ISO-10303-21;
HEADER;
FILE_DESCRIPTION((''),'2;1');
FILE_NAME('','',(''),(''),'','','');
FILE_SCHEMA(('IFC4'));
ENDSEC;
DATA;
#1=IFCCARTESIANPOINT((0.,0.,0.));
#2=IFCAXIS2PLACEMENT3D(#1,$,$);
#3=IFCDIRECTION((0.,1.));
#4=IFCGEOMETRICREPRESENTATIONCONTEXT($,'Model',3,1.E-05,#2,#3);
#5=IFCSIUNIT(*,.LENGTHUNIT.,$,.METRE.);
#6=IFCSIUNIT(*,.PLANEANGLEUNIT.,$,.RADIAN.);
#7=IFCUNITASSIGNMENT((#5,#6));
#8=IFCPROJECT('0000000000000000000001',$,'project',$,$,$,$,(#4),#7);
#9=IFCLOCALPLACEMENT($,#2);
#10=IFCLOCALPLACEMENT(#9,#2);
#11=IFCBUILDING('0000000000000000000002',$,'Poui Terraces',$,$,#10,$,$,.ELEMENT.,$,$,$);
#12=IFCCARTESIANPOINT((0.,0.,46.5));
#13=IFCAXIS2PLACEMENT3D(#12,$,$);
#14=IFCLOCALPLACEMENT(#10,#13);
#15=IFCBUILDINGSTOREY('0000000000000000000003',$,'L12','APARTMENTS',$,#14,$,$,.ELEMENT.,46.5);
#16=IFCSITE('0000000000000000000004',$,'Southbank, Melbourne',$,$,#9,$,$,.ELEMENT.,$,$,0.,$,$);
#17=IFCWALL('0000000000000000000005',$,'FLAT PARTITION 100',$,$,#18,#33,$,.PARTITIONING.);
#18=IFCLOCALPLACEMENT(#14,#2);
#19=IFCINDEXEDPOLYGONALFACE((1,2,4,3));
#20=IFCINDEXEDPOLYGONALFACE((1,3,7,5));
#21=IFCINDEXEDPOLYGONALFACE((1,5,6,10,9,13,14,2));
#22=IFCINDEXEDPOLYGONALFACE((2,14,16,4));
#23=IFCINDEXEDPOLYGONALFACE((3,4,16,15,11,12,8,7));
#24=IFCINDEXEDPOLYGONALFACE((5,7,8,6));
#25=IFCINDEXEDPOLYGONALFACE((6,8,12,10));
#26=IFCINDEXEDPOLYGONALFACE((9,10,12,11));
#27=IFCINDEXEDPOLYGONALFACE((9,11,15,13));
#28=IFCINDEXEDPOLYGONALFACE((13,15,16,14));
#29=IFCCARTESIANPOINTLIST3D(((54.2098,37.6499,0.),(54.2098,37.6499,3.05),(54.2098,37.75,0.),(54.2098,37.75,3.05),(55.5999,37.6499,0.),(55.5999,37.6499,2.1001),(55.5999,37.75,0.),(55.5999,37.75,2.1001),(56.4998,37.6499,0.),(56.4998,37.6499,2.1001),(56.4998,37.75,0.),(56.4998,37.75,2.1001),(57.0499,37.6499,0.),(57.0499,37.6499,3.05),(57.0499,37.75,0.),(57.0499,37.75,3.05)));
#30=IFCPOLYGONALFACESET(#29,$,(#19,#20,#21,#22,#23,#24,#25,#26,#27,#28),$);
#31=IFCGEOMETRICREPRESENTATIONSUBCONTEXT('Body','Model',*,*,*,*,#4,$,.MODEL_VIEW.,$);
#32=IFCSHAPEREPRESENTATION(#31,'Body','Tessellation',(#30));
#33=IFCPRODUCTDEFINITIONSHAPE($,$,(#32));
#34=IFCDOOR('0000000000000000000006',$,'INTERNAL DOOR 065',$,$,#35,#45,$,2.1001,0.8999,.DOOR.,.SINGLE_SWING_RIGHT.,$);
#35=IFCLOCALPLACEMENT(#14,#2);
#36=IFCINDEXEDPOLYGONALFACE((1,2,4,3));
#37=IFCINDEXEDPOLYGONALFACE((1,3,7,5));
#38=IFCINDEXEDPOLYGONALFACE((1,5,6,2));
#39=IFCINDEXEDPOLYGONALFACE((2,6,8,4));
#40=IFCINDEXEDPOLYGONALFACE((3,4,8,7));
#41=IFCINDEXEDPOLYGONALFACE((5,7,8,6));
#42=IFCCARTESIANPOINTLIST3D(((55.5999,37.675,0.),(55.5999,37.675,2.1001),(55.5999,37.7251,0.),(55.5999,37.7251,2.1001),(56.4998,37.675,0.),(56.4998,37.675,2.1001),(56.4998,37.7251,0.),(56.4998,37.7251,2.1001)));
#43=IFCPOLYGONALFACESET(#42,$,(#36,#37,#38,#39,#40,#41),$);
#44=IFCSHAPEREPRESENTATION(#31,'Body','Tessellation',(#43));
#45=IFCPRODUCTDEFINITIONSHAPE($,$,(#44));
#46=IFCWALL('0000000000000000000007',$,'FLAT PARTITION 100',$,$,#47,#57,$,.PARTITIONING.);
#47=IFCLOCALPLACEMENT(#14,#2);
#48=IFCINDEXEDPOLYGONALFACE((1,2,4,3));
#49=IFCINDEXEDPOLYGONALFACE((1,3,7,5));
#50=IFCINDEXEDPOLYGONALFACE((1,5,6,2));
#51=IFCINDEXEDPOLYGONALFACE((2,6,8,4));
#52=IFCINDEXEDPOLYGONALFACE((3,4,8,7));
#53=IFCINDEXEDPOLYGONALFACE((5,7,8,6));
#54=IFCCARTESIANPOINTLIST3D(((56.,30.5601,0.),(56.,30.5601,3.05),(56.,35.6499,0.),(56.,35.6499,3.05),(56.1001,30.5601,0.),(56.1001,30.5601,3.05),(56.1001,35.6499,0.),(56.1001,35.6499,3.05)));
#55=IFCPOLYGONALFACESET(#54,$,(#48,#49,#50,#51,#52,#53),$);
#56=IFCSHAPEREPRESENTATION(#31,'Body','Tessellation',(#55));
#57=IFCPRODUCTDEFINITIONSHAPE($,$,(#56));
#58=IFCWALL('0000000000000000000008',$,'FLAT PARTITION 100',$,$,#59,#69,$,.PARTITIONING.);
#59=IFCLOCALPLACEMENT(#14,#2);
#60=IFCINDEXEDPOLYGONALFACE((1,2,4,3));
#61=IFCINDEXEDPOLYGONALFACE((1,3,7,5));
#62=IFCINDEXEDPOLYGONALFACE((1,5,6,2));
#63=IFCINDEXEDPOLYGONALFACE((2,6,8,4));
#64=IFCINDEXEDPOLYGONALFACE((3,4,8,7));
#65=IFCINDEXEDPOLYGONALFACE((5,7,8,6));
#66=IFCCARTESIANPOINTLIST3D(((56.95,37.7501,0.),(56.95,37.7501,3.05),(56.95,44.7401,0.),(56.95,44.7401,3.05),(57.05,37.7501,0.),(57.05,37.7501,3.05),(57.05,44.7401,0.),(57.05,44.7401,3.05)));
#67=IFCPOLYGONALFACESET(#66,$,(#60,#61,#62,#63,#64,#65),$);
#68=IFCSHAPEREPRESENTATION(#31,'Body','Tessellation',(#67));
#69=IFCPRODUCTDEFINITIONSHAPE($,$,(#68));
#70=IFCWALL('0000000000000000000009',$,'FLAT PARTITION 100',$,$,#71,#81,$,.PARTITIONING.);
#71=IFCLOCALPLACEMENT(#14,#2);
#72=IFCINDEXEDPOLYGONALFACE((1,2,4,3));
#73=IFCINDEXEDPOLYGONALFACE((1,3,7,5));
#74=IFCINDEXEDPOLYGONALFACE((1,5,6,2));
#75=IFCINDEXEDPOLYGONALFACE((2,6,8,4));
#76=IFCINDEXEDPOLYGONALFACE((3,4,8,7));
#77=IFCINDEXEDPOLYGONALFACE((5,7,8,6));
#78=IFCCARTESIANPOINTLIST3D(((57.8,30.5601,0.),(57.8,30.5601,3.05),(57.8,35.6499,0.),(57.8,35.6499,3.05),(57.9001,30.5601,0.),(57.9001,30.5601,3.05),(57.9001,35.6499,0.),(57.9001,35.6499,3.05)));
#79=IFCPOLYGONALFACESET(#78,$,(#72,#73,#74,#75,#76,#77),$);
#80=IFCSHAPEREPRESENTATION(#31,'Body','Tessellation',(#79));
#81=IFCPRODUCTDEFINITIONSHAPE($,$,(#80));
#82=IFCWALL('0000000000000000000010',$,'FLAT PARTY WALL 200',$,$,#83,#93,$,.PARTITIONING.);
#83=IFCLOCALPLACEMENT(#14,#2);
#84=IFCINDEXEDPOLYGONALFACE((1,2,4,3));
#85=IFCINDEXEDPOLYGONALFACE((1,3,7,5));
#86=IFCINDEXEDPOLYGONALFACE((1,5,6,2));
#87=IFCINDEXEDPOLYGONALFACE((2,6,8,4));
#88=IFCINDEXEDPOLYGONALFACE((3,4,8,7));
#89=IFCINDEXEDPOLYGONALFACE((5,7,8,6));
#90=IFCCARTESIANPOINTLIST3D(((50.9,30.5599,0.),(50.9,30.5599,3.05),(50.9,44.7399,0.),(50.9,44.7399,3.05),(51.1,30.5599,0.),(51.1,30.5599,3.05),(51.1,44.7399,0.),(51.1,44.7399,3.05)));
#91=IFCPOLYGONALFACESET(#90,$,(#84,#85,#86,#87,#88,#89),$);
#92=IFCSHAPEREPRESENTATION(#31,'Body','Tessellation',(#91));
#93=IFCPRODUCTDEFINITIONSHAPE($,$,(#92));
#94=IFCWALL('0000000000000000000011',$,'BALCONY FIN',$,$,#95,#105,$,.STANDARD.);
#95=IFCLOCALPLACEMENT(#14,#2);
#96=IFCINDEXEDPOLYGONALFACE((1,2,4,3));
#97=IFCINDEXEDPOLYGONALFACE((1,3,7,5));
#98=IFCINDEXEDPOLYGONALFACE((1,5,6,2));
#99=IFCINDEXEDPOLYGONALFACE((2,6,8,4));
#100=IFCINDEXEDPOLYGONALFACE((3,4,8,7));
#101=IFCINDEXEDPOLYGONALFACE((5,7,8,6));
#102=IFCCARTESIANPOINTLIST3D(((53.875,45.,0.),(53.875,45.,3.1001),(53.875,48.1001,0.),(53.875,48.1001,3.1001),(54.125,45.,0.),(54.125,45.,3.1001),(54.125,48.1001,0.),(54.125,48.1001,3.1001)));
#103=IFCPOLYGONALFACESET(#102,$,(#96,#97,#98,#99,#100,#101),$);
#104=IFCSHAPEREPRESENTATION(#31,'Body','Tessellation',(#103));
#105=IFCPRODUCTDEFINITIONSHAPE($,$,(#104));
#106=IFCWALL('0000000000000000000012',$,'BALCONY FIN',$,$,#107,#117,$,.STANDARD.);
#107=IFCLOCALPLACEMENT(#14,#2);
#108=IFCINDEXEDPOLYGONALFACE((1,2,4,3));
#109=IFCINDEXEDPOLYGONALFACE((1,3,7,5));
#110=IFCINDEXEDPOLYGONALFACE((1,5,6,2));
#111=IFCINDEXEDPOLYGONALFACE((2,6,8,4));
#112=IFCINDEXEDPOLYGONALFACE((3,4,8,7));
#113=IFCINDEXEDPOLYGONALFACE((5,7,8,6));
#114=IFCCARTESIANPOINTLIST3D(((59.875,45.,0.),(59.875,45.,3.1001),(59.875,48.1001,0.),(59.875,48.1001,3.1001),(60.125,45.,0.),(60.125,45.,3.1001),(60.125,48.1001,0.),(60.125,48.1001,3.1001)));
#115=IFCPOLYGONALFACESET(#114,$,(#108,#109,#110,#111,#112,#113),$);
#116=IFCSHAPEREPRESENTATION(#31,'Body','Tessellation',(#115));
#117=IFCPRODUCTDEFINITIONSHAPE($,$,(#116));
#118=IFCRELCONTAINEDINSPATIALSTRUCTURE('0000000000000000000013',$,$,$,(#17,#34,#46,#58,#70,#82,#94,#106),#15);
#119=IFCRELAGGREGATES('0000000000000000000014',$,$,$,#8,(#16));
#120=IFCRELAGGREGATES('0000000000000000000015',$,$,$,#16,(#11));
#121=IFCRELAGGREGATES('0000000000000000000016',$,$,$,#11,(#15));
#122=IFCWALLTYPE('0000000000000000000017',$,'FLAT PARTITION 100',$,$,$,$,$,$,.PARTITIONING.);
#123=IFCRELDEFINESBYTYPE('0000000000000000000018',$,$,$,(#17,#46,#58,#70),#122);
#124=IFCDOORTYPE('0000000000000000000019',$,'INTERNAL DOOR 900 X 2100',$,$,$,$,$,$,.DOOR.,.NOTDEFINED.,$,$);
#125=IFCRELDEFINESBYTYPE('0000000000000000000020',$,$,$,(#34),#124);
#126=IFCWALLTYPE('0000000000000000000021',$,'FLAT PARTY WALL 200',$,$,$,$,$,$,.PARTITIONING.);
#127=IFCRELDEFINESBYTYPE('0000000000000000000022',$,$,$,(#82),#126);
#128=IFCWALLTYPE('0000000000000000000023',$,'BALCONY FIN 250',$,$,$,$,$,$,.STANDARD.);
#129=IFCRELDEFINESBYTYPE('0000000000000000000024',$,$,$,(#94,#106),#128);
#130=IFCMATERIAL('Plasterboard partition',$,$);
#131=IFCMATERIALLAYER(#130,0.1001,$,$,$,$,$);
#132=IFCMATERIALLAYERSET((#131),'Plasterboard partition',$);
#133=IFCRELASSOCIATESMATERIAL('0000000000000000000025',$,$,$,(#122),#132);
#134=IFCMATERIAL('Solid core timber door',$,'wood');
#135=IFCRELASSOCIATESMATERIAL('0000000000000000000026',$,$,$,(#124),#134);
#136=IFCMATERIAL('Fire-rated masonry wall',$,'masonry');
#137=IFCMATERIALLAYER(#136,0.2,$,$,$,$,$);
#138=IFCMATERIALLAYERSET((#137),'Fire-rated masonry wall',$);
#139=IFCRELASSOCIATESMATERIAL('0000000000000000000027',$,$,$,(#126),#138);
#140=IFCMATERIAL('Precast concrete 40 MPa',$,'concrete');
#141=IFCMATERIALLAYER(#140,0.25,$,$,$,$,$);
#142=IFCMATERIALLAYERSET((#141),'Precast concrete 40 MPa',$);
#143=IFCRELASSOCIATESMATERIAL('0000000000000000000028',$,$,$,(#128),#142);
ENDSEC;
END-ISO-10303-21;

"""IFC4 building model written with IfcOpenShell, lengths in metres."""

from ifc_helpers import new_model, si_unit, direction, frame, frame_2d, origin, place, context, subcontext, project, spatial, polyline, rectangle, outline, extrude, source, transform, mapped, material, layer, layer_set, type_object, element, fill, save


model = new_model("IFC4")

# Units and contexts
model_context = context("Model", 3, precision=1e-05, world=origin(), true_north=direction((0.0, 1.0)))
body_context = subcontext(model_context, "Body", "Model", "MODEL_VIEW")
ifc_project = project(units=[si_unit("LENGTHUNIT", "METRE"), si_unit("PLANEANGLEUNIT", "RADIAN")], contexts=[model_context])

# Site, building, storey
site_placement = place(None, origin())
site = spatial("IfcSite", under=ifc_project, at=site_placement, Name="Southbank, Melbourne", CompositionType="ELEMENT", RefElevation=0.0)
building_placement = place(site_placement, origin())
building = spatial("IfcBuilding", under=site, at=building_placement, Name="Poui Terraces", CompositionType="ELEMENT")
storey_placement = place(building_placement, frame((0.0, 0.0, 46.5)))
storey = spatial("IfcBuildingStorey", under=building, at=storey_placement, Name="L12", Description="APARTMENTS", CompositionType="ELEMENT", Elevation=46.5)

# Wall, opening, door
ifc_material_1 = material(Name="Plasterboard partition")
ifc_layer_1 = layer(ifc_material_1, 0.1001)
ifc_layer_set_1 = layer_set([ifc_layer_1], Name="Plasterboard partition")
wall_type_1 = type_object("IfcWallType", Name="FLAT PARTITION 100", PredefinedType="PARTITIONING", material=ifc_layer_set_1)
ifc_material_2 = material(Name="Solid core timber door", Category="wood")
door_type_1 = type_object("IfcDoorType", Name="INTERNAL DOOR 900 X 2100", OperationType="NOTDEFINED", PredefinedType="DOOR", material=ifc_material_2)
wall_1_placement = place(storey_placement, frame((54.21, 37.7, 0.0), z_axis=(0.0, 0.0, 1.0), x_axis=(1.0, 0.0, 0.0)))
wall_1 = element("IfcWall", 1, at=wall_1_placement, inside=storey, type_object=wall_type_1, Name="FLAT PARTITION 100", PredefinedType="PARTITIONING", context=body_context, shape_type="SweptSolid", body=[
    extrude(rectangle(XDim=2.8401, YDim=0.1001, at=frame_2d((1.4199, 0.0))), origin(), (0.0, 0.0, 1.0), 3.05),
])
opening_1_placement = place(wall_1_placement, frame((1.3899, 0.0, 0.0)))
opening_1 = element("IfcOpeningElement", 2, at=opening_1_placement, cuts=wall_1, PredefinedType="OPENING", context=body_context, shape_type="SweptSolid", body=[
    extrude(rectangle(XDim=0.8999, YDim=2.1001, at=frame_2d((0.45, 1.05))), frame((0.0, 0.0601, 0.0), z_axis=(0.0, -1.0, 0.0), x_axis=(1.0, 0.0, 0.0)), (0.0, 0.0, 1.0), 0.1201),
])
door_1_placement = place(opening_1_placement, frame((0.8999, 0.0, 0.0), z_axis=(0.0, 0.0, 1.0), x_axis=(-1.0, 0.0, 0.0)))
door_1 = element("IfcDoor", 3, at=door_1_placement, inside=storey, type_object=door_type_1, Name="INTERNAL DOOR 065", OperationType="SINGLE_SWING_RIGHT", OverallHeight=2.1001, OverallWidth=0.8999, PredefinedType="DOOR", context=body_context, shape_type="SweptSolid", body=[
    extrude(rectangle(XDim=0.8999, YDim=2.1001, at=frame_2d((0.45, 1.05))), frame((0.0, 0.0249, 0.0), z_axis=(0.0, -1.0, 0.0), x_axis=(1.0, 0.0, 0.0)), (0.0, 0.0, 1.0), 0.05),
])
fill(opening_1, door_1)

# Walls
wall_2_placement = place(storey_placement, frame((56.05, 30.5601, 0.0), z_axis=(0.0, 0.0, 1.0), x_axis=(0.0, 1.0, 0.0)))
element("IfcWall", 4, at=wall_2_placement, inside=storey, type_object=wall_type_1, Name="FLAT PARTITION 100", PredefinedType="PARTITIONING", context=body_context, shape_type="SweptSolid", body=[
    extrude(rectangle(XDim=5.0898, YDim=0.1001, at=frame_2d((2.5449, 0.0))), origin(), (0.0, 0.0, 1.0), 3.05),
])
wall_3_placement = place(storey_placement, frame((57.0, 37.75, 0.0), z_axis=(0.0, 0.0, 1.0), x_axis=(0.0, 1.0, 0.0)))
element("IfcWall", 5, at=wall_3_placement, inside=storey, type_object=wall_type_1, Name="FLAT PARTITION 100", PredefinedType="PARTITIONING", context=body_context, shape_type="SweptSolid", body=[
    extrude(rectangle(XDim=6.99, YDim=0.1001, at=frame_2d((3.4951, 0.0))), origin(), (0.0, 0.0, 1.0), 3.05),
])
wall_4_placement = place(storey_placement, frame((57.8501, 30.5601, 0.0), z_axis=(0.0, 0.0, 1.0), x_axis=(0.0, 1.0, 0.0)))
element("IfcWall", 6, at=wall_4_placement, inside=storey, type_object=wall_type_1, Name="FLAT PARTITION 100", PredefinedType="PARTITIONING", context=body_context, shape_type="SweptSolid", body=[
    extrude(rectangle(XDim=5.0898, YDim=0.1001, at=frame_2d((2.5449, 0.0))), origin(), (0.0, 0.0, 1.0), 3.05),
])
ifc_material_3 = material(Name="Fire-rated masonry wall", Category="masonry")
ifc_layer_2 = layer(ifc_material_3, 0.2)
ifc_layer_set_2 = layer_set([ifc_layer_2], Name="Fire-rated masonry wall")
wall_type_2 = type_object("IfcWallType", Name="FLAT PARTY WALL 200", PredefinedType="PARTITIONING", material=ifc_layer_set_2)
wall_5_placement = place(storey_placement, frame((51.0, 30.5601, 0.0), z_axis=(0.0, 0.0, 1.0), x_axis=(0.0, 1.0, 0.0)))
element("IfcWall", 7, at=wall_5_placement, inside=storey, type_object=wall_type_2, Name="FLAT PARTY WALL 200", PredefinedType="PARTITIONING", context=body_context, shape_type="SweptSolid", body=[
    extrude(rectangle(XDim=14.1799, YDim=0.2, at=frame_2d((7.0898, 0.0))), origin(), (0.0, 0.0, 1.0), 3.05),
])
ifc_material_4 = material(Name="Precast concrete 40 MPa", Category="concrete")
ifc_layer_3 = layer(ifc_material_4, 0.25)
ifc_layer_set_3 = layer_set([ifc_layer_3], Name="Precast concrete 40 MPa")
wall_type_3 = type_object("IfcWallType", Name="BALCONY FIN 250", PredefinedType="STANDARD", material=ifc_layer_set_3)
shared_shape_1 = source(origin(), body_context, "Body", "SweptSolid", [
    extrude(outline(polyline([(0.0, 0.0), (0.25, 0.0), (0.25, 3.1001), (0.0, 3.1001), (0.0, 0.0)])), origin(), (0.0, 0.0, 1.0), 3.1001),
])
for number, where, name in (
    (8, (53.875, 45.0, 0.0), "BALCONY FIN"),
    (9, (59.875, 45.0, 0.0), "BALCONY FIN"),
):
    element("IfcWall", number, at=place(storey_placement, frame(where)), inside=storey, type_object=wall_type_3, Name=name, PredefinedType="STANDARD", context=body_context, shape_type="MappedRepresentation", body=[
        mapped(shared_shape_1, transform((0.0, 0.0, 0.0))),
    ])

save(model, "model.ifc")
